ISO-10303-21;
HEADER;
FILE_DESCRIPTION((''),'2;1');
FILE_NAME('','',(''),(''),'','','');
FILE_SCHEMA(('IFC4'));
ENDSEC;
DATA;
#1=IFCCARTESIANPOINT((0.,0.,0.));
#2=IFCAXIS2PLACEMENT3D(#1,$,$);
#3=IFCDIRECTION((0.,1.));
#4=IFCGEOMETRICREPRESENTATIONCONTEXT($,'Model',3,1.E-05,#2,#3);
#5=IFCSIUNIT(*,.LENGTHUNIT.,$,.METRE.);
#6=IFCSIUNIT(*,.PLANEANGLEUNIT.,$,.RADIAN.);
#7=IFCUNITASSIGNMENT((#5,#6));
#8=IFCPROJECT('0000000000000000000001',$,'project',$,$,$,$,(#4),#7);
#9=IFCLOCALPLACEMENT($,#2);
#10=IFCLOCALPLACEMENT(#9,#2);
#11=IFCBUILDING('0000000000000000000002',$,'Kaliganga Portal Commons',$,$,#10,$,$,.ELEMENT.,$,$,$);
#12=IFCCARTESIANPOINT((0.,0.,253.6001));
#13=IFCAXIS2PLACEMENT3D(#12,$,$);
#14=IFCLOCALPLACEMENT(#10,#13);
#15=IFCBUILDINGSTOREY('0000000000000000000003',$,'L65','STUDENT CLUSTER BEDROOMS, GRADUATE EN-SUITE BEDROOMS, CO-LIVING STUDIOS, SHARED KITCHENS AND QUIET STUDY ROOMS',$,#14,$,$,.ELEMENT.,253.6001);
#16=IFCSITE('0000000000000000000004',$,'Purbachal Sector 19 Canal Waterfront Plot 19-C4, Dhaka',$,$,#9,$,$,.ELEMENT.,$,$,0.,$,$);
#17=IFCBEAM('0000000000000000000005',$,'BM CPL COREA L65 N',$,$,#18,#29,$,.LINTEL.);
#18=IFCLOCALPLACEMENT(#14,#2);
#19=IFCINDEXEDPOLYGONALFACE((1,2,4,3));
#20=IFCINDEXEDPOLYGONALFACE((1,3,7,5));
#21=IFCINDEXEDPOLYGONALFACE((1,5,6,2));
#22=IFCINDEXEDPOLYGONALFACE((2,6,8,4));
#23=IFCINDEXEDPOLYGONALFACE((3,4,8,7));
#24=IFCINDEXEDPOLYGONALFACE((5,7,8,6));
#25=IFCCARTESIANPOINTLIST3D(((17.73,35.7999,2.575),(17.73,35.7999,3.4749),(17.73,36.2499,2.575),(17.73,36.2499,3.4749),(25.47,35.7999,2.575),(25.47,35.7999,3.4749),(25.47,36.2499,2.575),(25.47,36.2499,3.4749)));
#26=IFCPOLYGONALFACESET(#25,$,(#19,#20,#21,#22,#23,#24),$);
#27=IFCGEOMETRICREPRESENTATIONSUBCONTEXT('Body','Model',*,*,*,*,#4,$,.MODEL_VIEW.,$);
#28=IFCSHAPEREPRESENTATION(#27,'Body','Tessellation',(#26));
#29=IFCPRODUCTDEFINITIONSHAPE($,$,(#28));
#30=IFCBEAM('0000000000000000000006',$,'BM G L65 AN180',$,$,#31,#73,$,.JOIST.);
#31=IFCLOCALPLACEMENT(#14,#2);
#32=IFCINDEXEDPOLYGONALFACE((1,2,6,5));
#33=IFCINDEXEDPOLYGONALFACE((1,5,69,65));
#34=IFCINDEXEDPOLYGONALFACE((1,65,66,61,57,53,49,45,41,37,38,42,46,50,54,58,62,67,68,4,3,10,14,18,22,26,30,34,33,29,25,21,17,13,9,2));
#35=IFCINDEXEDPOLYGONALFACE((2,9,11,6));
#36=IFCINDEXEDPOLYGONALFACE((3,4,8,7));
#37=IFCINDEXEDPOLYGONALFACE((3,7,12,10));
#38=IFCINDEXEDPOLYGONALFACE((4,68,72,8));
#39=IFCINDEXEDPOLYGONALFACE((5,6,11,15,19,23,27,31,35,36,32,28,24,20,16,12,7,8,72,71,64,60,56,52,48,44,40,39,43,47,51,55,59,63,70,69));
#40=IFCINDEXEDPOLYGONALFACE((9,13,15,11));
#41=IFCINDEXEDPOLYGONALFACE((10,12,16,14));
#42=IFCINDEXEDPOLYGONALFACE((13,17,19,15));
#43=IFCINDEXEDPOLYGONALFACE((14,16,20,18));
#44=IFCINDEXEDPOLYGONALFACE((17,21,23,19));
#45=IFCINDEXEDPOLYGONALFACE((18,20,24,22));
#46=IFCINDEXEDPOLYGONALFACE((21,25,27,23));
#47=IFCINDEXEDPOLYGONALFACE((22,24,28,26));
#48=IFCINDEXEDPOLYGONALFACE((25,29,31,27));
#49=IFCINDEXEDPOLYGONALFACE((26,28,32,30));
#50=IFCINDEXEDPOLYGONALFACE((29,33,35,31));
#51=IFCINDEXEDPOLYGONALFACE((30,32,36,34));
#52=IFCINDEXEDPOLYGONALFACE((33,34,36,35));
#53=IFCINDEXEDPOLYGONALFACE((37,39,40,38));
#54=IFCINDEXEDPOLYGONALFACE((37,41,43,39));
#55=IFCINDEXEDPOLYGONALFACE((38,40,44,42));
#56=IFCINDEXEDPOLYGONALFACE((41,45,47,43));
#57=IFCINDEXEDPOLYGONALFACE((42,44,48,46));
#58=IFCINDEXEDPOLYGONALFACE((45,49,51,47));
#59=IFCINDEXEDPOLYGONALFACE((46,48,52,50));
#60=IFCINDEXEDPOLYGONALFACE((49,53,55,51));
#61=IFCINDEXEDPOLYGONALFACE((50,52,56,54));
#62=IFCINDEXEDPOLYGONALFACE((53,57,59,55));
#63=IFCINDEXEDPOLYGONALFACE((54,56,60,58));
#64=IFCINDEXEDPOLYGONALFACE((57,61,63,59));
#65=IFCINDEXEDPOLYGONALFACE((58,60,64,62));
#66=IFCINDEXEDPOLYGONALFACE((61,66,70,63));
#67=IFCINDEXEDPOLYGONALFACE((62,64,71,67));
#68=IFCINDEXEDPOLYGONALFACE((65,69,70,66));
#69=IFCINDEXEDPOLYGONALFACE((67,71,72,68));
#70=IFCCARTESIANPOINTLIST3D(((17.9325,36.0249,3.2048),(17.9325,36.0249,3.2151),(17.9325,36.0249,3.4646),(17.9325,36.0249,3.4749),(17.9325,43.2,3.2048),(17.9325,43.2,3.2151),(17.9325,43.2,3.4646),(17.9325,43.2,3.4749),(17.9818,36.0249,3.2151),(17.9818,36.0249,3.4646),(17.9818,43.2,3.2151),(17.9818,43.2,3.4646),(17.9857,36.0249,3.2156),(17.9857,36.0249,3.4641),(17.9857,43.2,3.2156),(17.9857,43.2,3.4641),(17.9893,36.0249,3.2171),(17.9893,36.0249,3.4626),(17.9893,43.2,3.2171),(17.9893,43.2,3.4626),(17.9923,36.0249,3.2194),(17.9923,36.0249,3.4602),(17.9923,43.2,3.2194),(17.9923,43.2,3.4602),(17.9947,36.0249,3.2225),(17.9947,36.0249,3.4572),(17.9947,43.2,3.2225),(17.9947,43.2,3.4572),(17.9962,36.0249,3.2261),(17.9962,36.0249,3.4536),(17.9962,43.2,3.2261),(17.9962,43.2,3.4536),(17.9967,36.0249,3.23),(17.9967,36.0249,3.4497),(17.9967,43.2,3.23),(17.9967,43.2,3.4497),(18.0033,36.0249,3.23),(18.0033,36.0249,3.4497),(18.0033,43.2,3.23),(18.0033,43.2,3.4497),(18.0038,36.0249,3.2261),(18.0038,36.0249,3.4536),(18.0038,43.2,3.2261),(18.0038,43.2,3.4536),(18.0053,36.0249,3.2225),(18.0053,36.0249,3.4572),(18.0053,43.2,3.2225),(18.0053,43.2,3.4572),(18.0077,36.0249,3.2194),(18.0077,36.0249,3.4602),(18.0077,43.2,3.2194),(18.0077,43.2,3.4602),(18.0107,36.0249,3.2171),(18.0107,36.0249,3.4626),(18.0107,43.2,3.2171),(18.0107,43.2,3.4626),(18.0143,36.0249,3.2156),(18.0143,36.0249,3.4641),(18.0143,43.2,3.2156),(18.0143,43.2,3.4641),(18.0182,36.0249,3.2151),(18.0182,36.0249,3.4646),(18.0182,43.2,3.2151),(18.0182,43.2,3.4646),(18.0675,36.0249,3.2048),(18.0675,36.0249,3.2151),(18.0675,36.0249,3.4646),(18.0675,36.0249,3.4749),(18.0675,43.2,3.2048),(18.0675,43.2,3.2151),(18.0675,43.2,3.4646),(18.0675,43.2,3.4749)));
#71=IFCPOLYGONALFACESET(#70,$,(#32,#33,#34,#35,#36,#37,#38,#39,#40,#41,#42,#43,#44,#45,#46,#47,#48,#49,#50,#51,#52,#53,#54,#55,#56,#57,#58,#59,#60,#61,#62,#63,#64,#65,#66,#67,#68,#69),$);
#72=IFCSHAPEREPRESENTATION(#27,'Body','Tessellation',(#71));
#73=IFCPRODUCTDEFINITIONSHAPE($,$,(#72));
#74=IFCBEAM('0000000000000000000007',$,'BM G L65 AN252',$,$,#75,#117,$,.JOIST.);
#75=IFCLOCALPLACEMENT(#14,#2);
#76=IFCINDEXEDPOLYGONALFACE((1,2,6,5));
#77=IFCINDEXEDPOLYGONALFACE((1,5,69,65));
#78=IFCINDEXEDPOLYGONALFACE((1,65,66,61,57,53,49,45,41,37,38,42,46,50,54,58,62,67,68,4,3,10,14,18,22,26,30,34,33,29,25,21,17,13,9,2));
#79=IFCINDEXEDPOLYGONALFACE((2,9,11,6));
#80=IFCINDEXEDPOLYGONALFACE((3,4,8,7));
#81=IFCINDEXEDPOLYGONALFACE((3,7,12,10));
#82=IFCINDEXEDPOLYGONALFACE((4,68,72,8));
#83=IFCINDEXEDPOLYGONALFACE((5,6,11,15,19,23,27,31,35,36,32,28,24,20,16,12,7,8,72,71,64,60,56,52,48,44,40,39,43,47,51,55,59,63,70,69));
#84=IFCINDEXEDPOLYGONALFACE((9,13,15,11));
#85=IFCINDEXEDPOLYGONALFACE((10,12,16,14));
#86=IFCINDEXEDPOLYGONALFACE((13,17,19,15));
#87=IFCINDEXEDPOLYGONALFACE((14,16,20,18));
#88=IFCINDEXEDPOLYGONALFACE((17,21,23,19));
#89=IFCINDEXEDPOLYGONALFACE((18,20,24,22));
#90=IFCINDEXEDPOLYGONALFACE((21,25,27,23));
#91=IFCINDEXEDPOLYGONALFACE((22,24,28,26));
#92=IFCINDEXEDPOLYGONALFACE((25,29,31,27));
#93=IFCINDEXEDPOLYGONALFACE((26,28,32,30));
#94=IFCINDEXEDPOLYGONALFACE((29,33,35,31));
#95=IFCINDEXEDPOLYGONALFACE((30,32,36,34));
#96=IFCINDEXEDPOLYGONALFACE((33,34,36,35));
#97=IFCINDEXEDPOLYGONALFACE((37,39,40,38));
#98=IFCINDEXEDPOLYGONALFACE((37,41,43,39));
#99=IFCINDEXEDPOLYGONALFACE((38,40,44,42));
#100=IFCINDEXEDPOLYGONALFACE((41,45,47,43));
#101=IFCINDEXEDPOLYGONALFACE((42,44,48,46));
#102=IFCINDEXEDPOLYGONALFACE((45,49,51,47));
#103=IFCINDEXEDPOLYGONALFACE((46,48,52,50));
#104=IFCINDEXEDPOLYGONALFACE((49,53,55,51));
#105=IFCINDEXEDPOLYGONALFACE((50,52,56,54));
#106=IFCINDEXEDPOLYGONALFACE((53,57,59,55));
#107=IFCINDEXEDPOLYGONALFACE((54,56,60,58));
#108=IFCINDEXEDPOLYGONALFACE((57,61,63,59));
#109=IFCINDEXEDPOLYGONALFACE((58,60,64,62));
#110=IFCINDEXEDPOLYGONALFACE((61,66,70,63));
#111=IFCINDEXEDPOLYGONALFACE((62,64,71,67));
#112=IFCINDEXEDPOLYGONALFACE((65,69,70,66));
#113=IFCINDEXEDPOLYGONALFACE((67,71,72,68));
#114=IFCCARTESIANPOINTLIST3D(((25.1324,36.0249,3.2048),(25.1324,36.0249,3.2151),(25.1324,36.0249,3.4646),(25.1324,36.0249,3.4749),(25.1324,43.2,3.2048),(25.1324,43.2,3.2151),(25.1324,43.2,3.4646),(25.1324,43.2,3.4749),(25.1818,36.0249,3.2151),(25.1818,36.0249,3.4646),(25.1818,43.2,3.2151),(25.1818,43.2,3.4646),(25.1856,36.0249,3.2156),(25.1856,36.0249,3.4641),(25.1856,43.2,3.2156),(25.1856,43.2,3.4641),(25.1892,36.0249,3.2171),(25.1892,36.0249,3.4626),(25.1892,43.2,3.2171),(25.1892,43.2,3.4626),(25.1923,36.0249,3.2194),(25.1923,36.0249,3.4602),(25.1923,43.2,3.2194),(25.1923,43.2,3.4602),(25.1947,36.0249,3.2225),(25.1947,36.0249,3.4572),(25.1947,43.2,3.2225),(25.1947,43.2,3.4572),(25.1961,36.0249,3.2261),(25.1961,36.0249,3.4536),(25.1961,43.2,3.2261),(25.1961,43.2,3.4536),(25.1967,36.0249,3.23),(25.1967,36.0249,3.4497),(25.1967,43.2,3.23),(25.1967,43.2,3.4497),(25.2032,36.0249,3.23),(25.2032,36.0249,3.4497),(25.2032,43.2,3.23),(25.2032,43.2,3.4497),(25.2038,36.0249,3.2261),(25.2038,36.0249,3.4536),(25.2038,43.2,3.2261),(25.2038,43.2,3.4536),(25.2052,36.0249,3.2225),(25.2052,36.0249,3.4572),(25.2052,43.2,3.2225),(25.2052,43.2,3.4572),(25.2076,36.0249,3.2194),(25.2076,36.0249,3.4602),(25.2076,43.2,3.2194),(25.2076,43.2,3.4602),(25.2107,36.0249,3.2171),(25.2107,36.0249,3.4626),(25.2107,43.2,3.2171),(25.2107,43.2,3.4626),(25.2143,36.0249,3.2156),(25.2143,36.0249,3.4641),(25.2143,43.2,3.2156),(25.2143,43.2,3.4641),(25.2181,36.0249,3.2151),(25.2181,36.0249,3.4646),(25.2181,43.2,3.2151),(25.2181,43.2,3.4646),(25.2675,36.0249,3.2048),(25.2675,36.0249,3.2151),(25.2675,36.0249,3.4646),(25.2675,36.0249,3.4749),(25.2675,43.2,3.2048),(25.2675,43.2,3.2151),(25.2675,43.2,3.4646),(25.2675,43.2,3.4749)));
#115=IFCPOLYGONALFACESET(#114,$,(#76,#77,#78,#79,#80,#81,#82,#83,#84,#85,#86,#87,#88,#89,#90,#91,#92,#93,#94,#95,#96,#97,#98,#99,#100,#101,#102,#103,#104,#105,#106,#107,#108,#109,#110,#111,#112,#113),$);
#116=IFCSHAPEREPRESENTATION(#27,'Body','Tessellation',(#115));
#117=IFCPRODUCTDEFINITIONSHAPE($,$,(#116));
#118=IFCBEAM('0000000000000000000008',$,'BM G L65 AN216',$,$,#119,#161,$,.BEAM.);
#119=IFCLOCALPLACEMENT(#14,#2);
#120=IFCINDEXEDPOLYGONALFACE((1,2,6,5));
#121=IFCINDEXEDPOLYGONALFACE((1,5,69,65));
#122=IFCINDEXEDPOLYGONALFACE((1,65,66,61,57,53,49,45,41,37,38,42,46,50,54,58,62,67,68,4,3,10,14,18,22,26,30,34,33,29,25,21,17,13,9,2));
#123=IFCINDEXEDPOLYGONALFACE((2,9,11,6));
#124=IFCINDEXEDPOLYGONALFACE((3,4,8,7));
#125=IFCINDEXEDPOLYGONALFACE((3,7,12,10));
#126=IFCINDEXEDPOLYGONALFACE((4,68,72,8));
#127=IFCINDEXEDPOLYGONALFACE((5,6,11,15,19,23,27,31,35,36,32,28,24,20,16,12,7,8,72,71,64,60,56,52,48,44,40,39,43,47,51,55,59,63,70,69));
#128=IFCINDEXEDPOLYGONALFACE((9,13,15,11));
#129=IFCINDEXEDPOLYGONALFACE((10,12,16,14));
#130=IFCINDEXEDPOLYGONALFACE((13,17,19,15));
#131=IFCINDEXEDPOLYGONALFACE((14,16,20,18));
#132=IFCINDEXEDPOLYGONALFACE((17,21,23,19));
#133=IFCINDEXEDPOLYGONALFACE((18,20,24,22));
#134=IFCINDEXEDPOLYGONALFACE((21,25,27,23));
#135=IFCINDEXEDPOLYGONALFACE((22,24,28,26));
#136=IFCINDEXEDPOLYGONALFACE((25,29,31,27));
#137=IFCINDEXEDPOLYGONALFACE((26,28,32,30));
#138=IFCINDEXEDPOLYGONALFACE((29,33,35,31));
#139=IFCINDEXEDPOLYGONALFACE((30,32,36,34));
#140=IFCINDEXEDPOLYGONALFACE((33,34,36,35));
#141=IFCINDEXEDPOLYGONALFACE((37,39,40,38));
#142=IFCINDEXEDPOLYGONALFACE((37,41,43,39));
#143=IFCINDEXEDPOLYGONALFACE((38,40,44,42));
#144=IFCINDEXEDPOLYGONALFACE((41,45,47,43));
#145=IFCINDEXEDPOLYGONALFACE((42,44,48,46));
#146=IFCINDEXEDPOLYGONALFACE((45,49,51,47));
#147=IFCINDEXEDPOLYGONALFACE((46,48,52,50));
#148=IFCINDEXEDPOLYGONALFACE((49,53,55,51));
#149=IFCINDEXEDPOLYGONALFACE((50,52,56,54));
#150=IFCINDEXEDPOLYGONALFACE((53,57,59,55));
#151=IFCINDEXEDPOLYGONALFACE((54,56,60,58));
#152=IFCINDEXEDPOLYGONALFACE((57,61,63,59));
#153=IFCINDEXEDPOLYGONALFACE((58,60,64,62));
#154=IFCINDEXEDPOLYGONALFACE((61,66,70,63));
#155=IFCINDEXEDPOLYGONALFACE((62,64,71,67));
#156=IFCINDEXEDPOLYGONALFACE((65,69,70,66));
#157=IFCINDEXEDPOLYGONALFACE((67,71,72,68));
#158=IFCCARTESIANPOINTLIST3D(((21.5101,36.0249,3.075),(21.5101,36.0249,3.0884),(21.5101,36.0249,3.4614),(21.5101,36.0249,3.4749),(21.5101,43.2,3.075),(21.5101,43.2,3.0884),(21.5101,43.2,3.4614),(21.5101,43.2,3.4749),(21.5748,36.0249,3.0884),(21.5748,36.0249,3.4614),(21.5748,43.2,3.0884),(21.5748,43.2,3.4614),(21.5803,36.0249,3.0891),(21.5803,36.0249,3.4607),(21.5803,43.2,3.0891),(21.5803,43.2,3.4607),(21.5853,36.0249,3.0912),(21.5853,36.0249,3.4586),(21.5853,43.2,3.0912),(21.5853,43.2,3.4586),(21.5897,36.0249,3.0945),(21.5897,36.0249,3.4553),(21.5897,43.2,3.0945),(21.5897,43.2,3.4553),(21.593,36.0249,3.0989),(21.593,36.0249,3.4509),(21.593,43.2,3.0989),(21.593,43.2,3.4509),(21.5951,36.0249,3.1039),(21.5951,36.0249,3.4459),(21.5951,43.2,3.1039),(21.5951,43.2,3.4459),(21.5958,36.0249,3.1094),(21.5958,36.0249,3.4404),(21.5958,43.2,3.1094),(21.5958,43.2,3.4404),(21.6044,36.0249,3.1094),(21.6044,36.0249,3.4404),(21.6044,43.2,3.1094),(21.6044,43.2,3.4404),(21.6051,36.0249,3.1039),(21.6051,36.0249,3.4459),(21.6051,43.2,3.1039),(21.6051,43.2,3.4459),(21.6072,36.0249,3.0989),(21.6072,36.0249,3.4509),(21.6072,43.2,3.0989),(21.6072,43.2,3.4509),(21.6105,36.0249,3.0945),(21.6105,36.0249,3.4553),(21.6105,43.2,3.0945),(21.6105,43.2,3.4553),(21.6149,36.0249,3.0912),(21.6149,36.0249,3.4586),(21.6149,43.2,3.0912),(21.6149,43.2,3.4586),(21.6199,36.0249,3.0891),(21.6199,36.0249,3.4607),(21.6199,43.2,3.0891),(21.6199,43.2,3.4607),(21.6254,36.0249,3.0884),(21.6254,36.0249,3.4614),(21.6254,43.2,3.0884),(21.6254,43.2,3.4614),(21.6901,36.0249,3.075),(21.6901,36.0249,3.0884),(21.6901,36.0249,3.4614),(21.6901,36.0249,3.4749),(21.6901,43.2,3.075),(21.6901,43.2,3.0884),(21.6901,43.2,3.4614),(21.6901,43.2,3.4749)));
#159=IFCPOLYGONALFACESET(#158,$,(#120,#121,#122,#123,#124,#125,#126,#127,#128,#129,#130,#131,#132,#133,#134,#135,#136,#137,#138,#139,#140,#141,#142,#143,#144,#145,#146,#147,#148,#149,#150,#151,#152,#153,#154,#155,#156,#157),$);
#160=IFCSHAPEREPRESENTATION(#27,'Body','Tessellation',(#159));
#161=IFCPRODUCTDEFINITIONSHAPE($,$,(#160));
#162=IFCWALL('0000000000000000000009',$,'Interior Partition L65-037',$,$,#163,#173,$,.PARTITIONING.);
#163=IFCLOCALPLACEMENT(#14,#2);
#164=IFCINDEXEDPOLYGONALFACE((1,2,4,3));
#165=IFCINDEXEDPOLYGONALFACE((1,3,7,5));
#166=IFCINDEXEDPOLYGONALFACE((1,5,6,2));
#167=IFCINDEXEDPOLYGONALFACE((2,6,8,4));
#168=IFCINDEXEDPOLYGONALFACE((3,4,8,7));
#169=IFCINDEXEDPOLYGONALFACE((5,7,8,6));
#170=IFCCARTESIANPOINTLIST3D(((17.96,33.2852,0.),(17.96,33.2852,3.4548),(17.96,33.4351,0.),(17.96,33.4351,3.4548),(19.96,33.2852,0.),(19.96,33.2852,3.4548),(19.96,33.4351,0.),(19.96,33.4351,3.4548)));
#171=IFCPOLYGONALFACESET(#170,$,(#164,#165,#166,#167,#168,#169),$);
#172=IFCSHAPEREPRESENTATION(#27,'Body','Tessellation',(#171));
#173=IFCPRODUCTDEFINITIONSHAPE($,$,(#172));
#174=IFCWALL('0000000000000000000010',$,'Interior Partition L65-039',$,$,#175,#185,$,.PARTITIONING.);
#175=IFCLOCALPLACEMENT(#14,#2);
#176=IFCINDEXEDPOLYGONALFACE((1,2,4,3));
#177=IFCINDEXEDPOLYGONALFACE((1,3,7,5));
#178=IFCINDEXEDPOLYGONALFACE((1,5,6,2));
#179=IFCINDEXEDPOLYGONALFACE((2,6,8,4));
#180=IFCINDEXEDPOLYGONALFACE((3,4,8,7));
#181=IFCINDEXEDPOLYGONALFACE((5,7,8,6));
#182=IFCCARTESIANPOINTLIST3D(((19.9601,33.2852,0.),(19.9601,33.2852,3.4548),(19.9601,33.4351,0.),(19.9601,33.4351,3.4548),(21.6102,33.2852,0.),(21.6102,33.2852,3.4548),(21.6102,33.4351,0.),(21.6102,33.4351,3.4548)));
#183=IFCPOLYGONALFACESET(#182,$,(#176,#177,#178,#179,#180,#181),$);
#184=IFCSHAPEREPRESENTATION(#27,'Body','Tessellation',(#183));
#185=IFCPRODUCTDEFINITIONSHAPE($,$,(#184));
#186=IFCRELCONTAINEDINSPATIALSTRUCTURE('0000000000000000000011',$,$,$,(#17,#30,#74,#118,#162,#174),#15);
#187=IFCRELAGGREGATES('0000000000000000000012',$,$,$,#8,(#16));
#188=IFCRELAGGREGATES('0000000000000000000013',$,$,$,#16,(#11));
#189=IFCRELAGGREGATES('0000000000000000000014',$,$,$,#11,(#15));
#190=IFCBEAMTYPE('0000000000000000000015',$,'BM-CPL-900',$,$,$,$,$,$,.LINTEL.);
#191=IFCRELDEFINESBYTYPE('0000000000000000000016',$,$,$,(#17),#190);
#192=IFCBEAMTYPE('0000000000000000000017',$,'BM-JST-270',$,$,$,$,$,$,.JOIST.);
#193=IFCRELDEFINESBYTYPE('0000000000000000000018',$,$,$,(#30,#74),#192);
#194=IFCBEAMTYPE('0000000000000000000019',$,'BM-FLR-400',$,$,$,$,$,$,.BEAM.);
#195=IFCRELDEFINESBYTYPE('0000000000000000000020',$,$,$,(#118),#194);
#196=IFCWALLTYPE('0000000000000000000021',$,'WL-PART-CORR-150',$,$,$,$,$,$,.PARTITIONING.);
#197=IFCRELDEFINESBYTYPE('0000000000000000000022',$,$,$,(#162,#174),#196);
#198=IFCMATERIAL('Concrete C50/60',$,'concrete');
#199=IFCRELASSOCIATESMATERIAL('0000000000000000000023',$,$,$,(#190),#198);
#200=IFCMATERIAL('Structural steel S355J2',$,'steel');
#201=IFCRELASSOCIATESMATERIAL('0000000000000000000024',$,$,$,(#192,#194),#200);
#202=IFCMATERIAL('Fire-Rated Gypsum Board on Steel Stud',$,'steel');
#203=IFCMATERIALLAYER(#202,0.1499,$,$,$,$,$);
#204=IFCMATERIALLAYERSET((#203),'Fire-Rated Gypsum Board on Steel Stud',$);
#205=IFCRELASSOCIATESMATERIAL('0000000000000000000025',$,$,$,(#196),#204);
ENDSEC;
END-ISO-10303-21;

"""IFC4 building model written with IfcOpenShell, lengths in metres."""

from ifc_helpers import new_model, si_unit, direction, frame, frame_2d, origin, origin_2d, place, context, subcontext, project, spatial, rectangle, i_section, extrude, source, transform, mapped, material, layer, layer_set, material_profile, profile_set, type_object, element, save


model = new_model("IFC4")

# Units and contexts
model_context = context("Model", 3, precision=1e-05, world=origin(), true_north=direction((0.0, 1.0)))
body_context = subcontext(model_context, "Body", "Model", "MODEL_VIEW")
ifc_project = project(units=[si_unit("LENGTHUNIT", "METRE"), si_unit("PLANEANGLEUNIT", "RADIAN")], contexts=[model_context])

# Site, building, storey
site_placement = place(None, origin())
site = spatial("IfcSite", under=ifc_project, at=site_placement, Name="Purbachal Sector 19 Canal Waterfront Plot 19-C4, Dhaka", CompositionType="ELEMENT", RefElevation=0.0)
building_placement = place(site_placement, origin())
building = spatial("IfcBuilding", under=site, at=building_placement, Name="Kaliganga Portal Commons", CompositionType="ELEMENT")
storey_placement = place(building_placement, frame((0.0, 0.0, 253.6001)))
storey = spatial("IfcBuildingStorey", under=building, at=storey_placement, Name="L65", Description="STUDENT CLUSTER BEDROOMS, GRADUATE EN-SUITE BEDROOMS, CO-LIVING STUDIOS, SHARED KITCHENS AND QUIET STUDY ROOMS", CompositionType="ELEMENT", Elevation=253.6001)

# Beams
ifc_material_1 = material(Name="Concrete C50/60", Category="concrete")
ifc_material_profile_1 = material_profile(ifc_material_1, rectangle(XDim=0.45, YDim=0.8999, at=origin_2d()), Name="RC 450x900")
ifc_profile_set_1 = profile_set([ifc_material_profile_1], Name="Concrete C50/60")
beam_type_1 = type_object("IfcBeamType", Name="BM-CPL-900", PredefinedType="LINTEL", material=ifc_profile_set_1)
shared_shape_1 = source(origin(), body_context, "Body", "SweptSolid", [
    extrude(rectangle(XDim=0.45, YDim=0.8999, at=origin_2d()), origin(), (0.0, 0.0, 1.0), 7.74),
])
beam_1_placement = place(storey_placement, frame((17.73, 36.0249, 3.0249), z_axis=(1.0, 0.0, 0.0), x_axis=(0.0, 1.0, 0.0)))
element("IfcBeam", 1, at=beam_1_placement, inside=storey, type_object=beam_type_1, Name="BM CPL COREA L65 N", PredefinedType="LINTEL", context=body_context, shape_type="MappedRepresentation", body=[
    mapped(shared_shape_1, transform((0.0, 0.0, 0.0), x_axis=(1.0, 0.0, 0.0), y_axis=(0.0, 1.0, 0.0), z_axis=(0.0, 0.0, 1.0), scale=1.0)),
])
ifc_material_2 = material(Name="Structural steel S355J2", Category="steel")
ifc_material_profile_2 = material_profile(ifc_material_2, i_section(OverallWidth=0.135, OverallDepth=0.27, WebThickness=0.0066, FlangeThickness=0.0103, FilletRadius=0.0149, at=origin_2d()), Name="IPE 270")
ifc_profile_set_2 = profile_set([ifc_material_profile_2], Name="Structural steel S355J2 wide-flange")
beam_type_2 = type_object("IfcBeamType", Name="BM-JST-270", PredefinedType="JOIST", material=ifc_profile_set_2)
shared_shape_2 = source(origin(), body_context, "Body", "SweptSolid", [
    extrude(i_section(OverallWidth=0.135, OverallDepth=0.27, WebThickness=0.0066, FlangeThickness=0.0103, FilletRadius=0.0149, at=origin_2d()), origin(), (0.0, 0.0, 1.0), 7.175),
])
for number, where, z_axis, x_axis, name in (
    (2, (18.0, 36.0249, 3.3398), (0.0, 1.0, 0.0), (-1.0, 0.0, 0.0), "BM G L65 AN180"),
    (3, (25.2, 36.0249, 3.3398), (0.0, 1.0, 0.0), (-1.0, 0.0, 0.0), "BM G L65 AN252"),
):
    element("IfcBeam", number, at=place(storey_placement, frame(where, z_axis=z_axis, x_axis=x_axis)), inside=storey, type_object=beam_type_2, Name=name, PredefinedType="JOIST", context=body_context, shape_type="MappedRepresentation", body=[
        mapped(shared_shape_2, transform((0.0, 0.0, 0.0), x_axis=(1.0, 0.0, 0.0), y_axis=(0.0, 1.0, 0.0), z_axis=(0.0, 0.0, 1.0), scale=1.0)),
    ])
ifc_material_profile_3 = material_profile(ifc_material_2, i_section(OverallWidth=0.1799, OverallDepth=0.3999, WebThickness=0.0085, FlangeThickness=0.0134, FilletRadius=0.021, at=origin_2d()), Name="IPE 400")
ifc_profile_set_3 = profile_set([ifc_material_profile_3], Name="Structural steel S355J2 wide-flange")
beam_type_3 = type_object("IfcBeamType", Name="BM-FLR-400", PredefinedType="BEAM", material=ifc_profile_set_3)
shared_shape_3 = source(origin(), body_context, "Body", "SweptSolid", [
    extrude(i_section(OverallWidth=0.1799, OverallDepth=0.3999, WebThickness=0.0085, FlangeThickness=0.0134, FilletRadius=0.021, at=origin_2d()), origin(), (0.0, 0.0, 1.0), 7.175),
])
beam_2_placement = place(storey_placement, frame((21.6001, 36.0249, 3.2749), z_axis=(0.0, 1.0, 0.0), x_axis=(-1.0, 0.0, 0.0)))
element("IfcBeam", 4, at=beam_2_placement, inside=storey, type_object=beam_type_3, Name="BM G L65 AN216", PredefinedType="BEAM", context=body_context, shape_type="MappedRepresentation", body=[
    mapped(shared_shape_3, transform((0.0, 0.0, 0.0), x_axis=(1.0, 0.0, 0.0), y_axis=(0.0, 1.0, 0.0), z_axis=(0.0, 0.0, 1.0), scale=1.0)),
])

# Walls
ifc_material_3 = material(Name="Fire-Rated Gypsum Board on Steel Stud", Category="steel")
ifc_layer_1 = layer(ifc_material_3, 0.1499)
ifc_layer_set_1 = layer_set([ifc_layer_1], Name="Fire-Rated Gypsum Board on Steel Stud")
wall_type_1 = type_object("IfcWallType", Name="WL-PART-CORR-150", PredefinedType="PARTITIONING", material=ifc_layer_set_1)
wall_1_placement = place(storey_placement, frame((17.96, 33.3601, 0.0), z_axis=(0.0, 0.0, 1.0), x_axis=(1.0, 0.0, 0.0)))
element("IfcWall", 5, at=wall_1_placement, inside=storey, type_object=wall_type_1, Name="Interior Partition L65-037", PredefinedType="PARTITIONING", context=body_context, shape_type="SweptSolid", body=[
    extrude(rectangle(XDim=2.0, YDim=0.1499, at=frame_2d((1.0, 0.0))), origin(), (0.0, 0.0, 1.0), 3.4548),
])
wall_2_placement = place(storey_placement, frame((19.96, 33.3601, 0.0), z_axis=(0.0, 0.0, 1.0), x_axis=(1.0, 0.0, 0.0)))
element("IfcWall", 6, at=wall_2_placement, inside=storey, type_object=wall_type_1, Name="Interior Partition L65-039", PredefinedType="PARTITIONING", context=body_context, shape_type="SweptSolid", body=[
    extrude(rectangle(XDim=1.6501, YDim=0.1499, at=frame_2d((0.8252, 0.0))), origin(), (0.0, 0.0, 1.0), 3.4548),
])

save(model, "model.ifc")
